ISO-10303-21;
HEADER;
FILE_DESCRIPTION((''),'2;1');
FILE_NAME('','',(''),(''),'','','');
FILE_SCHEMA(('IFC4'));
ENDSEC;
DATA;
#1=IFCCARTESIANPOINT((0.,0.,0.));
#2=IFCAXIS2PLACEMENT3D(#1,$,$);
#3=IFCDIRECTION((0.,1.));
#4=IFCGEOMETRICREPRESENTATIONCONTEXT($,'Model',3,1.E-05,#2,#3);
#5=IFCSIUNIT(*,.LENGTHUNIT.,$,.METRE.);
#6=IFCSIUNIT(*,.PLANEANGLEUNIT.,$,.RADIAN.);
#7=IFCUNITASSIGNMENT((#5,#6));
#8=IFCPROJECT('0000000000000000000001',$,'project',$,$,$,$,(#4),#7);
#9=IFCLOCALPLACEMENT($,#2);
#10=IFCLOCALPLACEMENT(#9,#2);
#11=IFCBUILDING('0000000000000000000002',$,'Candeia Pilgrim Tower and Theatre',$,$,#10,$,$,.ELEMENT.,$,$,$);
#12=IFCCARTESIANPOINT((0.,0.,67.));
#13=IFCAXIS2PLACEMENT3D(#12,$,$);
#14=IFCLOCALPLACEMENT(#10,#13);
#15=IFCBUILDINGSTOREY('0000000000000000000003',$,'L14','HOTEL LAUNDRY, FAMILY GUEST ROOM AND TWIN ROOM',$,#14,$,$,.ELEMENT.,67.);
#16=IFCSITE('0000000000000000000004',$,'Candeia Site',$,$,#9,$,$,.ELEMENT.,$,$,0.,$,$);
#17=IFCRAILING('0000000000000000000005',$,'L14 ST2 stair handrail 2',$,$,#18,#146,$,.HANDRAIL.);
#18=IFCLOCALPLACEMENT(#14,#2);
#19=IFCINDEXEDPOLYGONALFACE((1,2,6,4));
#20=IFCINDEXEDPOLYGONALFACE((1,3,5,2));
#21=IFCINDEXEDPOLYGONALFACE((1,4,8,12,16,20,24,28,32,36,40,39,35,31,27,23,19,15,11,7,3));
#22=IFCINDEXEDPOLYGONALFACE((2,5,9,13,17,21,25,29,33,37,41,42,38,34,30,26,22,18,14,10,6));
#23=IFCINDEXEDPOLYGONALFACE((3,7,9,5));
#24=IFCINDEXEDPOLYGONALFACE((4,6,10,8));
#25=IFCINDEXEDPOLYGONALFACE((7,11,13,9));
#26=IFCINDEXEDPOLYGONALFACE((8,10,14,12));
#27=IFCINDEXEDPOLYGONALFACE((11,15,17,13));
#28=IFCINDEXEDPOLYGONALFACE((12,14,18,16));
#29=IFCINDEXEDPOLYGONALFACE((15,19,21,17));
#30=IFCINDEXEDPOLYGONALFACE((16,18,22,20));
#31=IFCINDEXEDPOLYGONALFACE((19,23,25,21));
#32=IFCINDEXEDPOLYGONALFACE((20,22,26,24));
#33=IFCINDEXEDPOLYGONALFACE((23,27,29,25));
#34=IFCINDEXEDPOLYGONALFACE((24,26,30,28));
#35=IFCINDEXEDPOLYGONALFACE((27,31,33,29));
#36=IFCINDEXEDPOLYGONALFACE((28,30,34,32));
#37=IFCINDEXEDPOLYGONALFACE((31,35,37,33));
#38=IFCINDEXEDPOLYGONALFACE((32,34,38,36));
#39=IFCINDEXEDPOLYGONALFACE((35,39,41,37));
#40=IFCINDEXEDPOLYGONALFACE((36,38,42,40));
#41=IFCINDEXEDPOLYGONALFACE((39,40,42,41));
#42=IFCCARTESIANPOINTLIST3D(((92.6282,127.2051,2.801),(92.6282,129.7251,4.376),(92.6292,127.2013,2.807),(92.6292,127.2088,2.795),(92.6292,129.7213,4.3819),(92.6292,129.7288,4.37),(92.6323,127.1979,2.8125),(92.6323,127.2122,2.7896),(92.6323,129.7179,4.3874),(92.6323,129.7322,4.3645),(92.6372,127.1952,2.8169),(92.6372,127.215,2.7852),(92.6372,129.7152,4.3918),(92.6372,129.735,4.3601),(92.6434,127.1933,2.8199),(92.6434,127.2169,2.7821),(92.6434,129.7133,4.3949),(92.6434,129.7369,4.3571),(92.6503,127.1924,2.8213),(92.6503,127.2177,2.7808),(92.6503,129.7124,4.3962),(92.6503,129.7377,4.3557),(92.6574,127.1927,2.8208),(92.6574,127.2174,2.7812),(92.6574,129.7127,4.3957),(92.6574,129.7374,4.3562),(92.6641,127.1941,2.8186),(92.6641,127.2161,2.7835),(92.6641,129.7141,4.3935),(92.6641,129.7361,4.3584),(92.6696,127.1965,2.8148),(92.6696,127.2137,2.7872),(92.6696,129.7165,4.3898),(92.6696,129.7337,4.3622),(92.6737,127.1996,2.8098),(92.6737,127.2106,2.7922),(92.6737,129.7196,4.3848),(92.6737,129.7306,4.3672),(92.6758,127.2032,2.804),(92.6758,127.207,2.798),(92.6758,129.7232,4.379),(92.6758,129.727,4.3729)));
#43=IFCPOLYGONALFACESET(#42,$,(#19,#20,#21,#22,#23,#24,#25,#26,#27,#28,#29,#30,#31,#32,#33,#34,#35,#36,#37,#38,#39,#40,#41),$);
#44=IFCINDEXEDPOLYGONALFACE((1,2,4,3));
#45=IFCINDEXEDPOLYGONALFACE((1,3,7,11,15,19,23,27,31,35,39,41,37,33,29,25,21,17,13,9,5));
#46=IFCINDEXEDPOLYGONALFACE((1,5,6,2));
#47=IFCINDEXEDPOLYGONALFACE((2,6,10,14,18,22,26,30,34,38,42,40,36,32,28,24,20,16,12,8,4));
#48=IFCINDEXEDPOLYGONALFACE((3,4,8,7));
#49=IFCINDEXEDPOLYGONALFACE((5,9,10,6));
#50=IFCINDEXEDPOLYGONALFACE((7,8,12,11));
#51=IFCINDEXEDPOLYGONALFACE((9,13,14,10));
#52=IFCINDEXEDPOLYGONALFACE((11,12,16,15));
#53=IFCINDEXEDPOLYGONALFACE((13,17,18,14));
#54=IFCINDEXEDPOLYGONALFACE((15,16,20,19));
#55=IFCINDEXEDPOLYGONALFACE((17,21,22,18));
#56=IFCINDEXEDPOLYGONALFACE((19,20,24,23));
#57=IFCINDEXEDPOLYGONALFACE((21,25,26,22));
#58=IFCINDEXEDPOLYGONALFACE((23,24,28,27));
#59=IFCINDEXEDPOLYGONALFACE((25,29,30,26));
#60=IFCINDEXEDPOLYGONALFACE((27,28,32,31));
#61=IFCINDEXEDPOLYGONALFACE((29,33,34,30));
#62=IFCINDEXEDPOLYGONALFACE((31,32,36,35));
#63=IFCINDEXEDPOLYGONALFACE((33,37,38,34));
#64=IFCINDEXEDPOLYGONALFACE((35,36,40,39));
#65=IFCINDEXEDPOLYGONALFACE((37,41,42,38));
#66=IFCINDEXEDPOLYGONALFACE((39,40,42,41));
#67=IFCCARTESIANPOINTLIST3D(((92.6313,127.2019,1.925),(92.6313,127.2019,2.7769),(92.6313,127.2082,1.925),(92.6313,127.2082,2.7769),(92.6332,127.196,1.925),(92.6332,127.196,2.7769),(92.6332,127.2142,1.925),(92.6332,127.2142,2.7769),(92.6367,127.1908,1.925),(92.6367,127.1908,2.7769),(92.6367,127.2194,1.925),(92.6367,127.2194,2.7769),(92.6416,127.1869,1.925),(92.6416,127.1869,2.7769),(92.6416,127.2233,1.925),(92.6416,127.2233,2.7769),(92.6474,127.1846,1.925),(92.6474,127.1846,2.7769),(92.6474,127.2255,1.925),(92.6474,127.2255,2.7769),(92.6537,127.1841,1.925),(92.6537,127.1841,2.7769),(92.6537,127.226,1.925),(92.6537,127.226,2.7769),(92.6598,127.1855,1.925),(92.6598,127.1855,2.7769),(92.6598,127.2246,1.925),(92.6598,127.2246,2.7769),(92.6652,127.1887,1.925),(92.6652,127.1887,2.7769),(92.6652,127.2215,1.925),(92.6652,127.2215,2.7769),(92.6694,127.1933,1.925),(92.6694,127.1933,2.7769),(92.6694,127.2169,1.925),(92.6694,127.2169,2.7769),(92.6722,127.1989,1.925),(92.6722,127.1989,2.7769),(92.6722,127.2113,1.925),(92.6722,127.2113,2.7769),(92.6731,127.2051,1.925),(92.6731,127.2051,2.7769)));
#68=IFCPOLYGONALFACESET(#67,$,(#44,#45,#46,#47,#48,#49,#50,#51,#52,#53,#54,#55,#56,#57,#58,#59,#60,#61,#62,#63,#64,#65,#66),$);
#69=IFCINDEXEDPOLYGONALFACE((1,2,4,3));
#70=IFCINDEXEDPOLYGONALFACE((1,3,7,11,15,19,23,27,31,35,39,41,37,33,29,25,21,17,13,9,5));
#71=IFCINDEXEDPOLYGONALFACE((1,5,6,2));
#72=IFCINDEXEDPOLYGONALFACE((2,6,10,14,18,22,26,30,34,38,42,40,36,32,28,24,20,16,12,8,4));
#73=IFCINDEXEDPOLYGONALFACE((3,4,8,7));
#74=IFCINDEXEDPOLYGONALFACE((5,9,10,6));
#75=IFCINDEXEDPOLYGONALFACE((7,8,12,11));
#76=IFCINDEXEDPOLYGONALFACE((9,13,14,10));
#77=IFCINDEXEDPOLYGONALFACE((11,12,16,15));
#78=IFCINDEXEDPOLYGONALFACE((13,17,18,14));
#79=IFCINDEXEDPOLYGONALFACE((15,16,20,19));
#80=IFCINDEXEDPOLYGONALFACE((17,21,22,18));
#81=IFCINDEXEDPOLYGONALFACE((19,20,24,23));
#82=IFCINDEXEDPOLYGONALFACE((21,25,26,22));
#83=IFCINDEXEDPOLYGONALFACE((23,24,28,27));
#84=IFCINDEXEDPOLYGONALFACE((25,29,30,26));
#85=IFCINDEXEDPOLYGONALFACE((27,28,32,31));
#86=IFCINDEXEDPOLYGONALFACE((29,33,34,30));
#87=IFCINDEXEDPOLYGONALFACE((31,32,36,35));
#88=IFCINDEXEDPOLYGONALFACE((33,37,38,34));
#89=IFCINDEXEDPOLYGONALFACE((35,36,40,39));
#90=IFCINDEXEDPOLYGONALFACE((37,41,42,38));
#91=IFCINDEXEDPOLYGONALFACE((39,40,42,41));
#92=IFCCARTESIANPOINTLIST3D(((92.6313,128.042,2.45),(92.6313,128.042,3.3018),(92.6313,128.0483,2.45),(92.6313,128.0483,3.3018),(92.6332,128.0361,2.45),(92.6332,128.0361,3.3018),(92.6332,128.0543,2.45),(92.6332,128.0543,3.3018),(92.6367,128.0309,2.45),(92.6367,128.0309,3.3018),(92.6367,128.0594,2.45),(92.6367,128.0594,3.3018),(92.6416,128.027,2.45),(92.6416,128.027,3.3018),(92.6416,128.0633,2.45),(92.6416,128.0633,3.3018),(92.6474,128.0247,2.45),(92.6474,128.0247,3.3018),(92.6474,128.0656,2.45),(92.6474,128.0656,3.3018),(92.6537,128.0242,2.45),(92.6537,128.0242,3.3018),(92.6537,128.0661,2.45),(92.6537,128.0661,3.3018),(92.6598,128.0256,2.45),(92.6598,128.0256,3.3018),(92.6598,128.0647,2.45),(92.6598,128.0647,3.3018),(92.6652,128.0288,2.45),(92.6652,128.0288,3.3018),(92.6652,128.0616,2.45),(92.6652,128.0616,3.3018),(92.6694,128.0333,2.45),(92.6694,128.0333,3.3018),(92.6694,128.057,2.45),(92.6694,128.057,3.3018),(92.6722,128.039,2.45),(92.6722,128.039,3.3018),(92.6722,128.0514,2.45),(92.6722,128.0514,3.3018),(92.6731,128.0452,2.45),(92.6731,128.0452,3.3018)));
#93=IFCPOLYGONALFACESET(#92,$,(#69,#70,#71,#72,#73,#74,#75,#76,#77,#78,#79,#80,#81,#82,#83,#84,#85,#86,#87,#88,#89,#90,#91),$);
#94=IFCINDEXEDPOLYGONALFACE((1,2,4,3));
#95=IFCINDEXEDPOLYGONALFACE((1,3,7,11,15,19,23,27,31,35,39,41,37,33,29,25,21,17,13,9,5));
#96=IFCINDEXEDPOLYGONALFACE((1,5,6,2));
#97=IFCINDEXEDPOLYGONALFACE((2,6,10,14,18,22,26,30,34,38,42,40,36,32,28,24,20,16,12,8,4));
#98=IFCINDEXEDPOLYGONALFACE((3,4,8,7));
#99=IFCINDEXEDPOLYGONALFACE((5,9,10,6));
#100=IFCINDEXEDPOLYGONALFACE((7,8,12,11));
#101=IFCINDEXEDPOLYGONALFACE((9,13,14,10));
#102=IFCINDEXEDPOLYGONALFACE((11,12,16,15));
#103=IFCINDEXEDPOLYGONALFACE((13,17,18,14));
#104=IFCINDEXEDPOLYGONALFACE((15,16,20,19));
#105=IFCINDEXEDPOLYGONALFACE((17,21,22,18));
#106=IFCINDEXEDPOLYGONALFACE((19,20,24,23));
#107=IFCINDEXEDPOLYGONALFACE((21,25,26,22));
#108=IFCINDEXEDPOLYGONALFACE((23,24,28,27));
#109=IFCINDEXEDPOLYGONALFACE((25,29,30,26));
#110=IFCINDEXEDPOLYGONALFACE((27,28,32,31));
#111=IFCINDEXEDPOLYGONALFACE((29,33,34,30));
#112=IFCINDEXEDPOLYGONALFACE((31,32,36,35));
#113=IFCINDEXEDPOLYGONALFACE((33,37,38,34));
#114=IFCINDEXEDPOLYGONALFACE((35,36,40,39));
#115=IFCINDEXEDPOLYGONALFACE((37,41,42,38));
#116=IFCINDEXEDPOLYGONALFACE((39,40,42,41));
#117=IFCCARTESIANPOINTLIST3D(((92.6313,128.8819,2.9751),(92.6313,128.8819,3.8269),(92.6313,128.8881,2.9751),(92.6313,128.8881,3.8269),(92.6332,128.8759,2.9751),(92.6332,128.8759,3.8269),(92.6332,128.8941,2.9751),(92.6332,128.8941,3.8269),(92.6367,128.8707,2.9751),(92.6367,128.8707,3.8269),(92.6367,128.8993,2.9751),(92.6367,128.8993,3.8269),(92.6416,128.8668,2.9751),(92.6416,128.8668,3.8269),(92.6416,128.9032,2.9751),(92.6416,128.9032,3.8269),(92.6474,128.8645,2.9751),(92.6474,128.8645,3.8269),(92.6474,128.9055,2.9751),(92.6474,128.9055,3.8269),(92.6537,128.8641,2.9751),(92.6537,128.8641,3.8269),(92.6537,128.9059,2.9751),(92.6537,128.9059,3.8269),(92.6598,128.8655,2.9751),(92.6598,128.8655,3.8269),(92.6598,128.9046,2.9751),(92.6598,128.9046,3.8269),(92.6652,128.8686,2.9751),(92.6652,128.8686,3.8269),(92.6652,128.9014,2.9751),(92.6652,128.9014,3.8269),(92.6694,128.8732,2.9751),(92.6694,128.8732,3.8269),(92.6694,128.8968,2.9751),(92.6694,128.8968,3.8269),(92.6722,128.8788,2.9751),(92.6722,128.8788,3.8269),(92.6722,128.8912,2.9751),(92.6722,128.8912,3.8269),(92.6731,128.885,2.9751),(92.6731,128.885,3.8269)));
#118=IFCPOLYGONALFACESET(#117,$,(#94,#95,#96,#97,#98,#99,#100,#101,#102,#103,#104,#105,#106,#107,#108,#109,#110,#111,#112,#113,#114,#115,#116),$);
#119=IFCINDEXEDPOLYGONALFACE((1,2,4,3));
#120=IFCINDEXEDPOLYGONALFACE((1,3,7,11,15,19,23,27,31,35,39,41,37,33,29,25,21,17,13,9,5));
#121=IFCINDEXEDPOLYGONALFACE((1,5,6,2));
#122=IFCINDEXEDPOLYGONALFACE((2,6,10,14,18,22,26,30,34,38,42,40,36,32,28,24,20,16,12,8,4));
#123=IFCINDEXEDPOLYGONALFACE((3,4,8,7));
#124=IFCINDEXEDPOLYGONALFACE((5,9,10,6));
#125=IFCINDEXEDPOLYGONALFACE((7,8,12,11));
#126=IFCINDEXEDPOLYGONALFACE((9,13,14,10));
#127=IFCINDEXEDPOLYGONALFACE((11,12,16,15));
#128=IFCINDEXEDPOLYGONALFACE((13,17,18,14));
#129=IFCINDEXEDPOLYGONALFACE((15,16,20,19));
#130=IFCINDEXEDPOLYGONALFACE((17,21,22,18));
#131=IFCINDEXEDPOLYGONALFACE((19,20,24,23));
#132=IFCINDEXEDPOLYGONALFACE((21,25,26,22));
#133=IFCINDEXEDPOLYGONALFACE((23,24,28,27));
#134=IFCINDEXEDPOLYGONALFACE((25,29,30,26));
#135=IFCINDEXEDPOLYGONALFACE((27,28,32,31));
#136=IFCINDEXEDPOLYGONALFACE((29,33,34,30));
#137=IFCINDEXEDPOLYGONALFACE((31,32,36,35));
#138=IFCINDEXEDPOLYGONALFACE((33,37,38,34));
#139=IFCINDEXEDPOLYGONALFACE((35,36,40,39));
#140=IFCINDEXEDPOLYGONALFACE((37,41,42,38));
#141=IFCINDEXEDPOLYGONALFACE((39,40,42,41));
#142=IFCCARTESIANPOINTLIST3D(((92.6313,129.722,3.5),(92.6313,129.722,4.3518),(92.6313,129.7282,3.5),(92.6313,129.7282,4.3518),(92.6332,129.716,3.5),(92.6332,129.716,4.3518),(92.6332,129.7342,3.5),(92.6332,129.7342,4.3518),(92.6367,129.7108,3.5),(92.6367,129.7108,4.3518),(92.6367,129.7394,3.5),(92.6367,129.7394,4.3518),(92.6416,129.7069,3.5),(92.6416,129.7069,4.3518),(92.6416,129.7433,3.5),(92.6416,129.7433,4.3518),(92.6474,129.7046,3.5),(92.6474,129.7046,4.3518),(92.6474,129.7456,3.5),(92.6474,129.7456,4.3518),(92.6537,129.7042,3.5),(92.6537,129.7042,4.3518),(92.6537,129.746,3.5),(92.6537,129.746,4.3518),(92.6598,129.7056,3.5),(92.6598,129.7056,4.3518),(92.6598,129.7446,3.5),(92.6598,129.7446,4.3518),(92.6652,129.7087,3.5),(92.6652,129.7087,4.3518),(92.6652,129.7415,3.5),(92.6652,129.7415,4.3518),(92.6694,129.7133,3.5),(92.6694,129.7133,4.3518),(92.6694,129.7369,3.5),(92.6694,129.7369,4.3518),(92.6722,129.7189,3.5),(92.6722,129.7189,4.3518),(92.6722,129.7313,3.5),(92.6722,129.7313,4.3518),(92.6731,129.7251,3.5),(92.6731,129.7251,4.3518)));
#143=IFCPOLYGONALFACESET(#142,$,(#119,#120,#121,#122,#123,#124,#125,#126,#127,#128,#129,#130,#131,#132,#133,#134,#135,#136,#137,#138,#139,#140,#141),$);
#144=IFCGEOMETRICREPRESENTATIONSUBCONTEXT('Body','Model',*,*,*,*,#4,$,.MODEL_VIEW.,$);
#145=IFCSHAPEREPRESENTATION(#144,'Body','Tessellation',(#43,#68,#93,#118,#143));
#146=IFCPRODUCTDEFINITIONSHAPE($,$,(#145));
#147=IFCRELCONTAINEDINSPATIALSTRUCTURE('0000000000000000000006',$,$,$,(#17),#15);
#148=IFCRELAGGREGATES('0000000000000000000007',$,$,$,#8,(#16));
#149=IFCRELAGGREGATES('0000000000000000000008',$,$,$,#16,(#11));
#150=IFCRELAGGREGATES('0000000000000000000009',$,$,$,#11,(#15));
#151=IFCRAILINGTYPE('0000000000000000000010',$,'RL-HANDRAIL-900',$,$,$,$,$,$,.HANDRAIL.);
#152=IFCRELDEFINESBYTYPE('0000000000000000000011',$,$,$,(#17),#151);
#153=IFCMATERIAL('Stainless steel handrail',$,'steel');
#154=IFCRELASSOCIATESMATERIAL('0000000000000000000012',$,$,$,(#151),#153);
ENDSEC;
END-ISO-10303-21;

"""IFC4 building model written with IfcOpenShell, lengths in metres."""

from ifc_helpers import new_model, si_unit, direction, frame, origin, origin_2d, place, context, subcontext, project, spatial, circle, extrude, material, type_object, element, save


model = new_model("IFC4")

# Units and contexts
model_context = context("Model", 3, precision=1e-05, world=origin(), true_north=direction((0.0, 1.0)))
body_context = subcontext(model_context, "Body", "Model", "MODEL_VIEW")
ifc_project = project(units=[si_unit("LENGTHUNIT", "METRE"), si_unit("PLANEANGLEUNIT", "RADIAN")], contexts=[model_context])

# Site, building, storey
site_placement = place(None, origin())
site = spatial("IfcSite", under=ifc_project, at=site_placement, Name="Candeia Site", CompositionType="ELEMENT", RefElevation=0.0)
building_placement = place(site_placement, origin())
building = spatial("IfcBuilding", under=site, at=building_placement, Name="Candeia Pilgrim Tower and Theatre", CompositionType="ELEMENT")
storey_placement = place(building_placement, frame((0.0, 0.0, 67.0)))
storey = spatial("IfcBuildingStorey", under=building, at=storey_placement, Name="L14", Description="HOTEL LAUNDRY, FAMILY GUEST ROOM AND TWIN ROOM", CompositionType="ELEMENT", Elevation=67.0)

# Railing
ifc_material_1 = material(Name="Stainless steel handrail", Category="steel")
railing_type = type_object("IfcRailingType", Name="RL-HANDRAIL-900", PredefinedType="HANDRAIL", material=ifc_material_1)
for number, where, name in (
    (1, (92.6521, 127.2051, 1.925), "L14 ST2 stair handrail 2"),
):
    element("IfcRailing", number, at=place(storey_placement, frame(where)), inside=storey, type_object=railing_type, Name=name, PredefinedType="HANDRAIL", context=body_context, shape_type="SweptSolid", body=[
        extrude(circle(Radius=0.0239, at=origin_2d()), frame((0.0, 0.0, 0.876), z_axis=(0.0, 0.848008, 0.529984), x_axis=(-1.0, 0.0, 0.0)), (0.0, 0.0, 1.0), 2.9717),
        extrude(circle(Radius=0.021, at=origin_2d()), origin(), (0.0, 0.0, 1.0), 0.8518),
        extrude(circle(Radius=0.021, at=origin_2d()), frame((0.0, 0.8401, 0.5249)), (0.0, 0.0, 1.0), 0.8518),
        extrude(circle(Radius=0.021, at=origin_2d()), frame((0.0, 1.6799, 1.05)), (0.0, 0.0, 1.0), 0.8518),
        extrude(circle(Radius=0.021, at=origin_2d()), frame((0.0, 2.52, 1.575)), (0.0, 0.0, 1.0), 0.8518),
    ])

save(model, "model.ifc")
